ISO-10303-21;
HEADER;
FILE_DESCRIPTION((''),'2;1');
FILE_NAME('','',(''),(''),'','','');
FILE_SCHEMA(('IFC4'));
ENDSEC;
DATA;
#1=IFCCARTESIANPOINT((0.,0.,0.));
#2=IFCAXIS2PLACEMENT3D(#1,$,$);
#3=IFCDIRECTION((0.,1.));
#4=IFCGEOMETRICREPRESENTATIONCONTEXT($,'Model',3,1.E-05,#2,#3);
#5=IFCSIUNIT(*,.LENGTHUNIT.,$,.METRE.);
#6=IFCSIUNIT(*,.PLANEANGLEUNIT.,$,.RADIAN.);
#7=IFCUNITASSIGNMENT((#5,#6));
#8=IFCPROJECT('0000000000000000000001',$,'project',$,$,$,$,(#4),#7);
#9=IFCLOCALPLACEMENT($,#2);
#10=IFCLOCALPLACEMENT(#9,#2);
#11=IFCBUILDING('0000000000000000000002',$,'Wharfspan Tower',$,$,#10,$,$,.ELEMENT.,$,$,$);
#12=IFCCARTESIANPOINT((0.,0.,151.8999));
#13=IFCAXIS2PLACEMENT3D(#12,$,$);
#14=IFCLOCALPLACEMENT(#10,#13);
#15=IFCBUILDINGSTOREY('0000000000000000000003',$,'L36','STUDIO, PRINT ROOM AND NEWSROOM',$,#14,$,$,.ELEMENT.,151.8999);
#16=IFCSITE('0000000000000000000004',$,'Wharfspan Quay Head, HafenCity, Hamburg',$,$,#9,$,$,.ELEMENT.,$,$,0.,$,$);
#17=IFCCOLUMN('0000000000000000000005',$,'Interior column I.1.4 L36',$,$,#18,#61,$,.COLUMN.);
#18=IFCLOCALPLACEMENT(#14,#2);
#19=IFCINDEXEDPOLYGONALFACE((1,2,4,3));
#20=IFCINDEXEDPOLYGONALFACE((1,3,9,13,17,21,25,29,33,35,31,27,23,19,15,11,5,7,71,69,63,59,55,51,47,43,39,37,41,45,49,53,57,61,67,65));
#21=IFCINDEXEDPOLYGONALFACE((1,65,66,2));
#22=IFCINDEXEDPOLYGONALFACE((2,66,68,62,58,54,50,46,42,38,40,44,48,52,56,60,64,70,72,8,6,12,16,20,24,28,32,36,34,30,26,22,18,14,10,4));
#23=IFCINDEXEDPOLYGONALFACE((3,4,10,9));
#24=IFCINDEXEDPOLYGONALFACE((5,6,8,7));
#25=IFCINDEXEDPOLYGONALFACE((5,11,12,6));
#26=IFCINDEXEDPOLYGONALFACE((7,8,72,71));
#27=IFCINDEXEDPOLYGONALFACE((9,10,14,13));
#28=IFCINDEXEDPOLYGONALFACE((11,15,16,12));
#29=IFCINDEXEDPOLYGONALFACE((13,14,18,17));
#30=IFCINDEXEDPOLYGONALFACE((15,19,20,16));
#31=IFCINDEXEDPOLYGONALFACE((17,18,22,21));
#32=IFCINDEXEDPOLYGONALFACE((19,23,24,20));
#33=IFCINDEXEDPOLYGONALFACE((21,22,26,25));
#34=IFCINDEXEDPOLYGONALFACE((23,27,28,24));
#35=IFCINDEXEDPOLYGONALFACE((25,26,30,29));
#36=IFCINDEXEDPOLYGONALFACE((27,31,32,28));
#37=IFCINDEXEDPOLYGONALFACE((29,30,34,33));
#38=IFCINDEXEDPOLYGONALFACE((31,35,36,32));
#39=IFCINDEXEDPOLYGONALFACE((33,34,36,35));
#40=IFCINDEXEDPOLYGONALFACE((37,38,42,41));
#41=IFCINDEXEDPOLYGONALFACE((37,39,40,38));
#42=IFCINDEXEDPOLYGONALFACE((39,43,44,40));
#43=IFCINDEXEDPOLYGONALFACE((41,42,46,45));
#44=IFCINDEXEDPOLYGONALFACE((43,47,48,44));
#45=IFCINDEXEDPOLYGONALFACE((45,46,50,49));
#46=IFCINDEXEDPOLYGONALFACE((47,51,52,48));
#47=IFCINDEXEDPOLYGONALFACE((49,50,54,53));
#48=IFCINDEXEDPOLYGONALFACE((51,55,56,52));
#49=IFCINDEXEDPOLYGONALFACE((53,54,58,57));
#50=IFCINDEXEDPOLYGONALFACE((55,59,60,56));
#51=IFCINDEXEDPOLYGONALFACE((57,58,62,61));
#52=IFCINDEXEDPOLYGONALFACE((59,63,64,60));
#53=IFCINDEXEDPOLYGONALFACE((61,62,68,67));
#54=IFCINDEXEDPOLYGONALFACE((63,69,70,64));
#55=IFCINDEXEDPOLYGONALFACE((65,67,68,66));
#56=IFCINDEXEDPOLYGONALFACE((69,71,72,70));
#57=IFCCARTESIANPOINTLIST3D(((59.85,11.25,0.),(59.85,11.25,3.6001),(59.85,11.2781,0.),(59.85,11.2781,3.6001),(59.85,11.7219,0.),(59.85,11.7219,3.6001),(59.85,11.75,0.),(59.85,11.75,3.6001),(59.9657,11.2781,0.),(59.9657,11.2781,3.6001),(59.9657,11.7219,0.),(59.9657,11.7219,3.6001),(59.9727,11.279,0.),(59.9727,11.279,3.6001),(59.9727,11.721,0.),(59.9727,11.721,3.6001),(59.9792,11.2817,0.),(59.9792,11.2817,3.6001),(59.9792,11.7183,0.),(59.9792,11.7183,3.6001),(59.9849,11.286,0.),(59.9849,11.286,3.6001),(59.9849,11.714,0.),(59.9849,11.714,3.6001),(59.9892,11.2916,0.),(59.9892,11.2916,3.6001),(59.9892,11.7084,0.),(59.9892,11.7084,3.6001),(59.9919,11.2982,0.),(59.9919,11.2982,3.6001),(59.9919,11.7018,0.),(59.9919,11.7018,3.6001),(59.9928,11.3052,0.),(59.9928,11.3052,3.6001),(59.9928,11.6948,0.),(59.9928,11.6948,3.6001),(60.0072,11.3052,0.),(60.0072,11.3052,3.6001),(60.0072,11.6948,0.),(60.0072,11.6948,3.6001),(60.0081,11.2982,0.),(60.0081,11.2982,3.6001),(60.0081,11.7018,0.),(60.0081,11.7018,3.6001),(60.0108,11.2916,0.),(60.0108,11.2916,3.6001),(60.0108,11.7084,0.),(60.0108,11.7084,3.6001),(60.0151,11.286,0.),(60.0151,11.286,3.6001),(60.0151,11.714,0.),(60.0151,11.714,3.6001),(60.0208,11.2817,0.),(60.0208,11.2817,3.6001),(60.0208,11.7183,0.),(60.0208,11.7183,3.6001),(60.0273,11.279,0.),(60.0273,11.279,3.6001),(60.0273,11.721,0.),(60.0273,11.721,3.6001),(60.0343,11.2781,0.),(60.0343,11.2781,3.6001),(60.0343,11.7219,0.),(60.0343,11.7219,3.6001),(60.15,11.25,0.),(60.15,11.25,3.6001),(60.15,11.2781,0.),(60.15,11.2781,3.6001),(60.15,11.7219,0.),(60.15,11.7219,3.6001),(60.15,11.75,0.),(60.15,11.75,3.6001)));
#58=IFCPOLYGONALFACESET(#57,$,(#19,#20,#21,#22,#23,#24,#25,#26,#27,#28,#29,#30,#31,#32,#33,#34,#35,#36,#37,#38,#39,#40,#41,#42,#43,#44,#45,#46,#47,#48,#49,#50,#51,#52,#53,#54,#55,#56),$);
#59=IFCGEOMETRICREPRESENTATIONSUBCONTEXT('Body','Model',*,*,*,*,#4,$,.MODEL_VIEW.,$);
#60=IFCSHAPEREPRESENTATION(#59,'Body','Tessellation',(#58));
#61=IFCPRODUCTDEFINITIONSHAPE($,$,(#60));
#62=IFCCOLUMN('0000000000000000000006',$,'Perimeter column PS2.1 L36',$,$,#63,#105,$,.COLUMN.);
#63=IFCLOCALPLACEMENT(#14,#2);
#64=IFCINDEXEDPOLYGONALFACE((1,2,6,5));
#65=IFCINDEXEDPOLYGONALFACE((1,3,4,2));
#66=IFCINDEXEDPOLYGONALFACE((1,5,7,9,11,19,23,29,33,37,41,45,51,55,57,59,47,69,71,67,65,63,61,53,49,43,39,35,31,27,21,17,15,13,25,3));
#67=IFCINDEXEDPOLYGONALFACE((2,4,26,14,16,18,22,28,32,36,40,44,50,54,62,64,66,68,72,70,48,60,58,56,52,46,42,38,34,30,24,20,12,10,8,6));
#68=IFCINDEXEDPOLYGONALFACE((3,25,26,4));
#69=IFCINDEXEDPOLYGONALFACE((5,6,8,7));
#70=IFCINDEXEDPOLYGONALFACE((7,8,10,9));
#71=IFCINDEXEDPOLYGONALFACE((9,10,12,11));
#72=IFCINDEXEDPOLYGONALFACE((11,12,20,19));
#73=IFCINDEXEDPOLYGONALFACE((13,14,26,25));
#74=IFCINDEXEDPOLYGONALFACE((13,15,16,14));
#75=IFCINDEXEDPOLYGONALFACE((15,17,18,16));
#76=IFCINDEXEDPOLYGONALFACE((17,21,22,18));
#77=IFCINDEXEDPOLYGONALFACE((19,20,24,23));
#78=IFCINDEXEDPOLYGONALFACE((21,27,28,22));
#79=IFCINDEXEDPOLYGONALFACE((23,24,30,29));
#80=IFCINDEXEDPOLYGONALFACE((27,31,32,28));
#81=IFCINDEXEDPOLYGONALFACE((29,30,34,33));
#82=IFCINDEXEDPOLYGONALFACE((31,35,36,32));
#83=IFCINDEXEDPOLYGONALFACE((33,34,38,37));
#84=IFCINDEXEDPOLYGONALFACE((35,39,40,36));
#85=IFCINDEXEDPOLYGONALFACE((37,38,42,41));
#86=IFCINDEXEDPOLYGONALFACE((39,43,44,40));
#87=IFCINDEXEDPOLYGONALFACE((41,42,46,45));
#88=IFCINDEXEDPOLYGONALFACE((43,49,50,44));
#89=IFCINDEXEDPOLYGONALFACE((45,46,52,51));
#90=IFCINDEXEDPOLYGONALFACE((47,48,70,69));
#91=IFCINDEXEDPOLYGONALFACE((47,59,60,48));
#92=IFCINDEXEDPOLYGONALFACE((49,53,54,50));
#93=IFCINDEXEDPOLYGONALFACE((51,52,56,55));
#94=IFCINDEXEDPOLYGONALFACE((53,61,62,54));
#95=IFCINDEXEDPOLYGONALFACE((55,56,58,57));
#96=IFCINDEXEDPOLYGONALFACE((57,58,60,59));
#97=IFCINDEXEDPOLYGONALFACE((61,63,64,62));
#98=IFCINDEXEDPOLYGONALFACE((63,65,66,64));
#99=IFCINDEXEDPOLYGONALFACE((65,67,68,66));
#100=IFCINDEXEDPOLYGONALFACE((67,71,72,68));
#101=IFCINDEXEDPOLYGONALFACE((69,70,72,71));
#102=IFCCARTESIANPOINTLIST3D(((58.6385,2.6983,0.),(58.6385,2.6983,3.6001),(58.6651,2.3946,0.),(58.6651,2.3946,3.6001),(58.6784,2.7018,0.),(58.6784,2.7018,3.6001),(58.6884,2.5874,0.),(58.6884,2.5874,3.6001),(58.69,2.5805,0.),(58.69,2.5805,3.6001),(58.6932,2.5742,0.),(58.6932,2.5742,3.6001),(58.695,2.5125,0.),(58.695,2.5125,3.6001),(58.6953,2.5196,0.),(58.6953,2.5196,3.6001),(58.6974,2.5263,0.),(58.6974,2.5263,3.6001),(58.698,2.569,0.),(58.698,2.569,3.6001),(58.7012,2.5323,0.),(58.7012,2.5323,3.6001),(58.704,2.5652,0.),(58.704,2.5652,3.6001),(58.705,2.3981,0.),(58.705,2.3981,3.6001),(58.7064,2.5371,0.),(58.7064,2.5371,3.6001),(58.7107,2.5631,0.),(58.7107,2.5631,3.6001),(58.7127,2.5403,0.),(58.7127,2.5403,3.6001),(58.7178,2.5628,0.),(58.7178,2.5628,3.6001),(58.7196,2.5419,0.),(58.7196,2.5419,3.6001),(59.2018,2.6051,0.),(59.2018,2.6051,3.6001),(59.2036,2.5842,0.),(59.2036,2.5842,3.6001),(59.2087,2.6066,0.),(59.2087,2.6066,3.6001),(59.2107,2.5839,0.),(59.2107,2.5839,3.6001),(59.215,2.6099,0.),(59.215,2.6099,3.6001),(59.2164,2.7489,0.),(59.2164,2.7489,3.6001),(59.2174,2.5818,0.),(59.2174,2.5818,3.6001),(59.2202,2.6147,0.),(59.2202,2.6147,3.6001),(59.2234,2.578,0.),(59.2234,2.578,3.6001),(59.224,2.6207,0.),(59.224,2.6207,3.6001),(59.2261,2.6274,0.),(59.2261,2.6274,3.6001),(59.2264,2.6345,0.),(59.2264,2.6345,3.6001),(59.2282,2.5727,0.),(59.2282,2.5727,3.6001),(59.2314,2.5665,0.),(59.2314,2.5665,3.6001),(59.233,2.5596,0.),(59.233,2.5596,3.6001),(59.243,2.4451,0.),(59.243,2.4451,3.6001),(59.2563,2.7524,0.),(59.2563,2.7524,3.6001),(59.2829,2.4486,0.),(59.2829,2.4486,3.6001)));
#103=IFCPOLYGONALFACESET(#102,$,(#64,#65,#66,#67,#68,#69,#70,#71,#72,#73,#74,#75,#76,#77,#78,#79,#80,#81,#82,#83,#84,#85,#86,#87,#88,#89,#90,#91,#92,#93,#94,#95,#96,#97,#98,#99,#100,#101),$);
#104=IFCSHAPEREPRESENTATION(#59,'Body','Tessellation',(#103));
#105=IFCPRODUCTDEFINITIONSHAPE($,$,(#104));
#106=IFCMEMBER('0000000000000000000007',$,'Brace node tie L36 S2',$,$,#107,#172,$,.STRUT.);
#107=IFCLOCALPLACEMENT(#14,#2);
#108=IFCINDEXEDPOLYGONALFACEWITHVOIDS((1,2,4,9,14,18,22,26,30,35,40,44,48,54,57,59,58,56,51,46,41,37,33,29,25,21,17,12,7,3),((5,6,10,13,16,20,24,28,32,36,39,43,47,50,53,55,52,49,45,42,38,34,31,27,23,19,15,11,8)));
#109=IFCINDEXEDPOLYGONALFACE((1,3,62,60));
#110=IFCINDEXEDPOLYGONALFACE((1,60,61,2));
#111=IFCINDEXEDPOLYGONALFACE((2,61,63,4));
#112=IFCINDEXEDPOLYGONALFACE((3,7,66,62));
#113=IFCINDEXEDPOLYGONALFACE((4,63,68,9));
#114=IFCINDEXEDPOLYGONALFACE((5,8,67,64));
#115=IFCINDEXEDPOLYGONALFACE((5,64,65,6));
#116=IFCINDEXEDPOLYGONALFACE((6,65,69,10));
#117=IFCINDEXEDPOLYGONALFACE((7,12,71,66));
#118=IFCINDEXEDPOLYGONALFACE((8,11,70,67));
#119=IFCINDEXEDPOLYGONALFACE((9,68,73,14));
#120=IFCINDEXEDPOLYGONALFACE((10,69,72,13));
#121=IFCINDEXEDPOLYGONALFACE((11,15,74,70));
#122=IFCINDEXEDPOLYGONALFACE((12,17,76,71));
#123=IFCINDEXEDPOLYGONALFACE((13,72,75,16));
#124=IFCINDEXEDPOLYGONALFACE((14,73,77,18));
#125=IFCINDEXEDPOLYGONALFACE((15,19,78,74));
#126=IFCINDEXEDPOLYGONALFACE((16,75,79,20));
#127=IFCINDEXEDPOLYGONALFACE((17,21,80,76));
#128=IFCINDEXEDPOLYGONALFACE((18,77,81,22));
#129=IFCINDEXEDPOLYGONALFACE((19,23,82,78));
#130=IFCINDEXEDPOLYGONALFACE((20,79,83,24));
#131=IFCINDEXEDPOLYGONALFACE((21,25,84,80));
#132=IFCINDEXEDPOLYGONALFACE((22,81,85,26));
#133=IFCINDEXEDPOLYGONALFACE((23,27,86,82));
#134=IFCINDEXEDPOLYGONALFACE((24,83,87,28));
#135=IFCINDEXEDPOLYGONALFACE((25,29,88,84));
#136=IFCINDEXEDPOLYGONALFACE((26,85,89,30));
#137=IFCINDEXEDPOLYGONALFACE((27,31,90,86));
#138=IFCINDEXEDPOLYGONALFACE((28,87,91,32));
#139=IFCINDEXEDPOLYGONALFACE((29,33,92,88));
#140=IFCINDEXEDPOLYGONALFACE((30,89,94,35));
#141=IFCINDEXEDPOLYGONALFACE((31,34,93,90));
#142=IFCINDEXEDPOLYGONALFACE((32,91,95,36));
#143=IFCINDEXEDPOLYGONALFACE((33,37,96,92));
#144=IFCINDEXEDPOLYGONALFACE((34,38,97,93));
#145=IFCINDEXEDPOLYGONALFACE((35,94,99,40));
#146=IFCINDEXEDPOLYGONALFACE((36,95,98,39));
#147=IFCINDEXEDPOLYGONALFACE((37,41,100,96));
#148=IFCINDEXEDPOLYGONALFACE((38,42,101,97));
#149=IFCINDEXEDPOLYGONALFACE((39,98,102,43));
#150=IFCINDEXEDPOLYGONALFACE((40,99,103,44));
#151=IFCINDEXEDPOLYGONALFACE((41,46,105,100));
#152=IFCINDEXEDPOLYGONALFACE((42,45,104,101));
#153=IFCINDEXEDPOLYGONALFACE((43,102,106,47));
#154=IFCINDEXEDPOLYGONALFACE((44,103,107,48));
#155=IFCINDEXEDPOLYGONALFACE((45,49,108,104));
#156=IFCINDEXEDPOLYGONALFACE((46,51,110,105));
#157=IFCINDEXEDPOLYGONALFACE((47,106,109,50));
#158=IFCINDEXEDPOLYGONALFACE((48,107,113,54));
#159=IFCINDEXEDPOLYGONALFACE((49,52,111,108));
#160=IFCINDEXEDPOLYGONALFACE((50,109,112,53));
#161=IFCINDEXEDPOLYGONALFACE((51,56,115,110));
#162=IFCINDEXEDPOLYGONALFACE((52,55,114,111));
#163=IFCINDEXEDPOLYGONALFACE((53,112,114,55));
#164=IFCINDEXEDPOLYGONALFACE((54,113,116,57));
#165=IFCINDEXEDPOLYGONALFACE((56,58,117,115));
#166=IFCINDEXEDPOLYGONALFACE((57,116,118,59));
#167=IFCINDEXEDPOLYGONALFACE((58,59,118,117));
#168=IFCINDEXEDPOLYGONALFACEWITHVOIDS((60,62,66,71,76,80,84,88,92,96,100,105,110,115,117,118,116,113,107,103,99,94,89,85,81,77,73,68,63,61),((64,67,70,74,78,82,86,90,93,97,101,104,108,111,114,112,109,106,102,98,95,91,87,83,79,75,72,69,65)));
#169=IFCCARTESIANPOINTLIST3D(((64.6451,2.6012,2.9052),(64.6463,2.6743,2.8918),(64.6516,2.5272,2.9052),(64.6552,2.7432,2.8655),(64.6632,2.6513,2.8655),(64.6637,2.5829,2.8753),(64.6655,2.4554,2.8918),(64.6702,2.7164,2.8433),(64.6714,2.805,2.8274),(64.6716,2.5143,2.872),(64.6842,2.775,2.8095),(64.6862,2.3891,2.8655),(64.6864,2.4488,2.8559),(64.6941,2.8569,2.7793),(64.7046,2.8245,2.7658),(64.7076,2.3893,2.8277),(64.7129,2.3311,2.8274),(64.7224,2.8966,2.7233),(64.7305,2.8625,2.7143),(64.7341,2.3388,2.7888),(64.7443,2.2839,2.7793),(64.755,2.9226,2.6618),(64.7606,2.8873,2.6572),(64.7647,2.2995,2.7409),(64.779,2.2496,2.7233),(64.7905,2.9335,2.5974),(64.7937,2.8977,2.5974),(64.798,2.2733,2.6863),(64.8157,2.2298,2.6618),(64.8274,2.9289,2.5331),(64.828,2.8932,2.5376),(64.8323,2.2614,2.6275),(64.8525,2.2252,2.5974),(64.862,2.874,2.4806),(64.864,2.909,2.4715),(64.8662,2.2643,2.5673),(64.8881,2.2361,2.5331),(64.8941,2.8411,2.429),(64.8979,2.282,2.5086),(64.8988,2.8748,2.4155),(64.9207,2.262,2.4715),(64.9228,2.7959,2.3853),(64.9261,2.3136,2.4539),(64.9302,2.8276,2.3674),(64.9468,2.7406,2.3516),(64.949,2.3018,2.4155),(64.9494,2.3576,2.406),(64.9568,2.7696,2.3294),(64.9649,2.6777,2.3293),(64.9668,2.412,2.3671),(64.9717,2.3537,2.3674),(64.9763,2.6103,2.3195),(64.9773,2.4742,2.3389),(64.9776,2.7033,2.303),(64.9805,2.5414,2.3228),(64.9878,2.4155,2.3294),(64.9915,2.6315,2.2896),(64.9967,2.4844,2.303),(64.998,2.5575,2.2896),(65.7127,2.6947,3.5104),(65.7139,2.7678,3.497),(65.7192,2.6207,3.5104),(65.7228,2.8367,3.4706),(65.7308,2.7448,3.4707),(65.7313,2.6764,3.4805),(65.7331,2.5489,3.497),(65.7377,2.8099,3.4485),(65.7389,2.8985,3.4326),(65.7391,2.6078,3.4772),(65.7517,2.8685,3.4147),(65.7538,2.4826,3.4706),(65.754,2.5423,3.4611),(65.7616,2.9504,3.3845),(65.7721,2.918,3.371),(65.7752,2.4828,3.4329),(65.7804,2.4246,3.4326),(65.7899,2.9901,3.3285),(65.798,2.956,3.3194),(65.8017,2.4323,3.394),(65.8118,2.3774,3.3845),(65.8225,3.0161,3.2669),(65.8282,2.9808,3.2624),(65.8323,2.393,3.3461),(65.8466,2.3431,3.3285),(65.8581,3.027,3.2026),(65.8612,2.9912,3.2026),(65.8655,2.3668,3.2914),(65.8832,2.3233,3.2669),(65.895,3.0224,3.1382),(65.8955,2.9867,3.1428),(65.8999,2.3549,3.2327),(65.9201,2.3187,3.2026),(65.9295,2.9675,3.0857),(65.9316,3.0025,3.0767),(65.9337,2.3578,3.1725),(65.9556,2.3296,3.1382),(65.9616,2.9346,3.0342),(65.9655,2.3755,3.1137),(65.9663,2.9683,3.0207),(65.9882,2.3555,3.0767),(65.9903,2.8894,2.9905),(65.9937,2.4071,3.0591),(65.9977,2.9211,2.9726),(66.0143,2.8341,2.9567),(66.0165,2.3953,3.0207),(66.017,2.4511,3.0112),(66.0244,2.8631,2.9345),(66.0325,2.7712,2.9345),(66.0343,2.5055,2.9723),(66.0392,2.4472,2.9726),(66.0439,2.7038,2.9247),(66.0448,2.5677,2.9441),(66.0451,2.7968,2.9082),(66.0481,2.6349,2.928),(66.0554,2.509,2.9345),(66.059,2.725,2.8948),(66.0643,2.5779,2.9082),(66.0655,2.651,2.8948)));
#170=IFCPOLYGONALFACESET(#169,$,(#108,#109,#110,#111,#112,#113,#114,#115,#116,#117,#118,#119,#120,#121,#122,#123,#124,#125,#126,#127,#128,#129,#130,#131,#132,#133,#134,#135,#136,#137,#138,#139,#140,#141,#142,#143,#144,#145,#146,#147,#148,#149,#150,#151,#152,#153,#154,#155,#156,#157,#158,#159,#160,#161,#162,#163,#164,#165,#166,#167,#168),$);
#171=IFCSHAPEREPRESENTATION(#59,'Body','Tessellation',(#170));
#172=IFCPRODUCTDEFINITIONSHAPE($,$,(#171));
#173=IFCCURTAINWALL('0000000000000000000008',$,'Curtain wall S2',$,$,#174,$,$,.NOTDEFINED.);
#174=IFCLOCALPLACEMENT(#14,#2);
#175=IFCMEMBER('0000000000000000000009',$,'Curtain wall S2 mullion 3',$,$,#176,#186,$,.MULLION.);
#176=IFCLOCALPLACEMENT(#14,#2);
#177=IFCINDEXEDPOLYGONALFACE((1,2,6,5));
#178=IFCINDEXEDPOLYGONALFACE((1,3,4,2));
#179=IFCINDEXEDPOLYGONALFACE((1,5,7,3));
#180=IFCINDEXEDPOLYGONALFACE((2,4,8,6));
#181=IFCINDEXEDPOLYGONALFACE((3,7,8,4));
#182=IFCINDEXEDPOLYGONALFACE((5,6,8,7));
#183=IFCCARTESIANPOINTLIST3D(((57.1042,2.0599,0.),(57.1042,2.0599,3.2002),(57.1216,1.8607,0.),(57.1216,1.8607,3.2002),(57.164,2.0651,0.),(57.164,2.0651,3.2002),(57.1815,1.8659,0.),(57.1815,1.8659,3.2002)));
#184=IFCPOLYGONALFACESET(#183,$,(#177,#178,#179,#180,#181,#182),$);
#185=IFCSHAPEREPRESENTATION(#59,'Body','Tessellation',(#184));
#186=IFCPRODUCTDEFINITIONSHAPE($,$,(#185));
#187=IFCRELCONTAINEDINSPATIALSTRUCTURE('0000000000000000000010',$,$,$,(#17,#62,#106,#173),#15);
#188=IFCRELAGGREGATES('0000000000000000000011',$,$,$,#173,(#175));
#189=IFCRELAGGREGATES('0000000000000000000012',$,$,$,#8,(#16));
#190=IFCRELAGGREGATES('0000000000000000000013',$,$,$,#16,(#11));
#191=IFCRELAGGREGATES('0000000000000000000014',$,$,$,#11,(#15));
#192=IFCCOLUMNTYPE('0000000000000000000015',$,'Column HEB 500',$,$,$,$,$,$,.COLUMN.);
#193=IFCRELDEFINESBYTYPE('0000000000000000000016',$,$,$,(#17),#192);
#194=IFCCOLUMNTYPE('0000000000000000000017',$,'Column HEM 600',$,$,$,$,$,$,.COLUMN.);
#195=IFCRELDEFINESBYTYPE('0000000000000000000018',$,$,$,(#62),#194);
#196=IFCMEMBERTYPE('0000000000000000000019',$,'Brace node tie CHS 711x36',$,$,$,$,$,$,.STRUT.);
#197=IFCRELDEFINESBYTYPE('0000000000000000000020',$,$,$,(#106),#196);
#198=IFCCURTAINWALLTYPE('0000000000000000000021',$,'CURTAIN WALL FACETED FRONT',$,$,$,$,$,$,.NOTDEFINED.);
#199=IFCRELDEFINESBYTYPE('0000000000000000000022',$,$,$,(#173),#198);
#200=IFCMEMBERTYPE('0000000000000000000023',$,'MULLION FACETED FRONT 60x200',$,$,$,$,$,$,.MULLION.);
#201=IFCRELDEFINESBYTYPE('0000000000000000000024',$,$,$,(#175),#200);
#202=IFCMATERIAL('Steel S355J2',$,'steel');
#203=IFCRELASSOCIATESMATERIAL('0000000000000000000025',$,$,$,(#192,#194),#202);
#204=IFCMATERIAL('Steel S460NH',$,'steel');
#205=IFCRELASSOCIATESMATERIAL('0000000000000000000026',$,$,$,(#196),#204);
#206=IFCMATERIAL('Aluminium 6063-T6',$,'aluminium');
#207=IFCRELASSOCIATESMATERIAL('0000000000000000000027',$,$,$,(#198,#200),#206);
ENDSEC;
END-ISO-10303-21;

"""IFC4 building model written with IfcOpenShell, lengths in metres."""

from ifc_helpers import new_model, si_unit, direction, frame, origin, origin_2d, place, context, subcontext, project, spatial, rectangle, hollow_circle, i_section, extrude, material, material_profile, profile_set, type_object, element, aggregate, save


model = new_model("IFC4")

# Units and contexts
model_context = context("Model", 3, precision=1e-05, world=origin(), true_north=direction((0.0, 1.0)))
body_context = subcontext(model_context, "Body", "Model", "MODEL_VIEW")
ifc_project = project(units=[si_unit("LENGTHUNIT", "METRE"), si_unit("PLANEANGLEUNIT", "RADIAN")], contexts=[model_context])

# Site, building, storey
site_placement = place(None, origin())
site = spatial("IfcSite", under=ifc_project, at=site_placement, Name="Wharfspan Quay Head, HafenCity, Hamburg", CompositionType="ELEMENT", RefElevation=0.0)
building_placement = place(site_placement, origin())
building = spatial("IfcBuilding", under=site, at=building_placement, Name="Wharfspan Tower", CompositionType="ELEMENT")
storey_placement = place(building_placement, frame((0.0, 0.0, 151.8999)))
storey = spatial("IfcBuildingStorey", under=building, at=storey_placement, Name="L36", Description="STUDIO, PRINT ROOM AND NEWSROOM", CompositionType="ELEMENT", Elevation=151.8999)

# Columns
ifc_material_1 = material(Name="Steel S355J2", Category="steel")
ifc_material_profile_1 = material_profile(ifc_material_1, i_section(OverallWidth=0.3, OverallDepth=0.5, WebThickness=0.0144, FlangeThickness=0.0281, FilletRadius=0.0271, at=origin_2d()))
ifc_profile_set_1 = profile_set([ifc_material_profile_1], Name="Steel S355J2")
column_type_1 = type_object("IfcColumnType", Name="Column HEB 500", PredefinedType="COLUMN", material=ifc_profile_set_1)
column_1_placement = place(storey_placement, frame((60.0, 11.5, 0.0), z_axis=(0.0, 0.0, 1.0), x_axis=(1.0, 0.0, 0.0)))
element("IfcColumn", 1, at=column_1_placement, inside=storey, type_object=column_type_1, Name="Interior column I.1.4 L36", PredefinedType="COLUMN", context=body_context, shape_type="SweptSolid", body=[
    extrude(i_section(OverallWidth=0.3, OverallDepth=0.5, WebThickness=0.0144, FlangeThickness=0.0281, FilletRadius=0.0271, at=origin_2d()), origin(), (0.0, 0.0, 1.0), 3.6001),
])
ifc_material_profile_2 = material_profile(ifc_material_1, i_section(OverallWidth=0.3049, OverallDepth=0.6201, WebThickness=0.021, FlangeThickness=0.04, FilletRadius=0.0271, at=origin_2d()))
ifc_profile_set_2 = profile_set([ifc_material_profile_2], Name="Steel S355J2")
column_type_2 = type_object("IfcColumnType", Name="Column HEM 600", PredefinedType="COLUMN", material=ifc_profile_set_2)
column_2_placement = place(storey_placement, frame((58.9607, 2.5735, 0.0), z_axis=(0.0, 0.0, 1.0), x_axis=(0.087156, -0.996198, 0.0)))
element("IfcColumn", 2, at=column_2_placement, inside=storey, type_object=column_type_2, Name="Perimeter column PS2.1 L36", PredefinedType="COLUMN", context=body_context, shape_type="SweptSolid", body=[
    extrude(i_section(OverallWidth=0.3049, OverallDepth=0.6201, WebThickness=0.021, FlangeThickness=0.04, FilletRadius=0.0271, at=origin_2d()), origin(), (0.0, 0.0, 1.0), 3.6001),
])

# Member
ifc_material_2 = material(Name="Steel S460NH", Category="steel")
ifc_material_profile_3 = material_profile(ifc_material_2, hollow_circle(Radius=0.3555, WallThickness=0.0359, at=origin_2d()))
ifc_profile_set_3 = profile_set([ifc_material_profile_3], Name="Steel S460NH")
member_type_1 = type_object("IfcMemberType", Name="Brace node tie CHS 711x36", PredefinedType="STRUT", material=ifc_profile_set_3)
member_1_placement = place(storey_placement, frame((64.8215, 2.5793, 2.5974), z_axis=(0.867426, 0.075972, 0.491733), x_axis=(-0.087248, 0.996185, -0.000002)))
element("IfcMember", 3, at=member_1_placement, inside=storey, type_object=member_type_1, Name="Brace node tie L36 S2", PredefinedType="STRUT", context=body_context, shape_type="SweptSolid", body=[
    extrude(hollow_circle(Radius=0.3555, WallThickness=0.0359, at=origin_2d()), origin(), (0.0, 0.0, 1.0), 1.2307),
])

# Curtain wall, member
ifc_material_3 = material(Name="Aluminium 6063-T6", Category="aluminium")
curtain_wall_type = type_object("IfcCurtainWallType", Name="CURTAIN WALL FACETED FRONT", PredefinedType="NOTDEFINED", material=ifc_material_3)
curtain_wall_placement = place(storey_placement, origin())
curtain_wall = element("IfcCurtainWall", 4, at=curtain_wall_placement, inside=storey, type_object=curtain_wall_type, Name="Curtain wall S2", PredefinedType="NOTDEFINED")
ifc_material_profile_4 = material_profile(ifc_material_3, rectangle(XDim=0.2, YDim=0.0601, at=origin_2d()))
ifc_profile_set_4 = profile_set([ifc_material_profile_4], Name="Aluminium 6063-T6")
member_type_2 = type_object("IfcMemberType", Name="MULLION FACETED FRONT 60x200", PredefinedType="MULLION", material=ifc_profile_set_4)
member_2_placement = place(storey_placement, frame((57.1428, 1.9629, 0.0), z_axis=(0.0, 0.0, 1.0), x_axis=(-0.087156, 0.996198, 0.0)))
member_2 = element("IfcMember", 5, at=member_2_placement, type_object=member_type_2, Name="Curtain wall S2 mullion 3", PredefinedType="MULLION", context=body_context, shape_type="SweptSolid", body=[
    extrude(rectangle(XDim=0.2, YDim=0.0601, at=origin_2d()), origin(), (0.0, 0.0, 1.0), 3.2002),
])

aggregate(curtain_wall, [member_2])

save(model, "model.ifc")
